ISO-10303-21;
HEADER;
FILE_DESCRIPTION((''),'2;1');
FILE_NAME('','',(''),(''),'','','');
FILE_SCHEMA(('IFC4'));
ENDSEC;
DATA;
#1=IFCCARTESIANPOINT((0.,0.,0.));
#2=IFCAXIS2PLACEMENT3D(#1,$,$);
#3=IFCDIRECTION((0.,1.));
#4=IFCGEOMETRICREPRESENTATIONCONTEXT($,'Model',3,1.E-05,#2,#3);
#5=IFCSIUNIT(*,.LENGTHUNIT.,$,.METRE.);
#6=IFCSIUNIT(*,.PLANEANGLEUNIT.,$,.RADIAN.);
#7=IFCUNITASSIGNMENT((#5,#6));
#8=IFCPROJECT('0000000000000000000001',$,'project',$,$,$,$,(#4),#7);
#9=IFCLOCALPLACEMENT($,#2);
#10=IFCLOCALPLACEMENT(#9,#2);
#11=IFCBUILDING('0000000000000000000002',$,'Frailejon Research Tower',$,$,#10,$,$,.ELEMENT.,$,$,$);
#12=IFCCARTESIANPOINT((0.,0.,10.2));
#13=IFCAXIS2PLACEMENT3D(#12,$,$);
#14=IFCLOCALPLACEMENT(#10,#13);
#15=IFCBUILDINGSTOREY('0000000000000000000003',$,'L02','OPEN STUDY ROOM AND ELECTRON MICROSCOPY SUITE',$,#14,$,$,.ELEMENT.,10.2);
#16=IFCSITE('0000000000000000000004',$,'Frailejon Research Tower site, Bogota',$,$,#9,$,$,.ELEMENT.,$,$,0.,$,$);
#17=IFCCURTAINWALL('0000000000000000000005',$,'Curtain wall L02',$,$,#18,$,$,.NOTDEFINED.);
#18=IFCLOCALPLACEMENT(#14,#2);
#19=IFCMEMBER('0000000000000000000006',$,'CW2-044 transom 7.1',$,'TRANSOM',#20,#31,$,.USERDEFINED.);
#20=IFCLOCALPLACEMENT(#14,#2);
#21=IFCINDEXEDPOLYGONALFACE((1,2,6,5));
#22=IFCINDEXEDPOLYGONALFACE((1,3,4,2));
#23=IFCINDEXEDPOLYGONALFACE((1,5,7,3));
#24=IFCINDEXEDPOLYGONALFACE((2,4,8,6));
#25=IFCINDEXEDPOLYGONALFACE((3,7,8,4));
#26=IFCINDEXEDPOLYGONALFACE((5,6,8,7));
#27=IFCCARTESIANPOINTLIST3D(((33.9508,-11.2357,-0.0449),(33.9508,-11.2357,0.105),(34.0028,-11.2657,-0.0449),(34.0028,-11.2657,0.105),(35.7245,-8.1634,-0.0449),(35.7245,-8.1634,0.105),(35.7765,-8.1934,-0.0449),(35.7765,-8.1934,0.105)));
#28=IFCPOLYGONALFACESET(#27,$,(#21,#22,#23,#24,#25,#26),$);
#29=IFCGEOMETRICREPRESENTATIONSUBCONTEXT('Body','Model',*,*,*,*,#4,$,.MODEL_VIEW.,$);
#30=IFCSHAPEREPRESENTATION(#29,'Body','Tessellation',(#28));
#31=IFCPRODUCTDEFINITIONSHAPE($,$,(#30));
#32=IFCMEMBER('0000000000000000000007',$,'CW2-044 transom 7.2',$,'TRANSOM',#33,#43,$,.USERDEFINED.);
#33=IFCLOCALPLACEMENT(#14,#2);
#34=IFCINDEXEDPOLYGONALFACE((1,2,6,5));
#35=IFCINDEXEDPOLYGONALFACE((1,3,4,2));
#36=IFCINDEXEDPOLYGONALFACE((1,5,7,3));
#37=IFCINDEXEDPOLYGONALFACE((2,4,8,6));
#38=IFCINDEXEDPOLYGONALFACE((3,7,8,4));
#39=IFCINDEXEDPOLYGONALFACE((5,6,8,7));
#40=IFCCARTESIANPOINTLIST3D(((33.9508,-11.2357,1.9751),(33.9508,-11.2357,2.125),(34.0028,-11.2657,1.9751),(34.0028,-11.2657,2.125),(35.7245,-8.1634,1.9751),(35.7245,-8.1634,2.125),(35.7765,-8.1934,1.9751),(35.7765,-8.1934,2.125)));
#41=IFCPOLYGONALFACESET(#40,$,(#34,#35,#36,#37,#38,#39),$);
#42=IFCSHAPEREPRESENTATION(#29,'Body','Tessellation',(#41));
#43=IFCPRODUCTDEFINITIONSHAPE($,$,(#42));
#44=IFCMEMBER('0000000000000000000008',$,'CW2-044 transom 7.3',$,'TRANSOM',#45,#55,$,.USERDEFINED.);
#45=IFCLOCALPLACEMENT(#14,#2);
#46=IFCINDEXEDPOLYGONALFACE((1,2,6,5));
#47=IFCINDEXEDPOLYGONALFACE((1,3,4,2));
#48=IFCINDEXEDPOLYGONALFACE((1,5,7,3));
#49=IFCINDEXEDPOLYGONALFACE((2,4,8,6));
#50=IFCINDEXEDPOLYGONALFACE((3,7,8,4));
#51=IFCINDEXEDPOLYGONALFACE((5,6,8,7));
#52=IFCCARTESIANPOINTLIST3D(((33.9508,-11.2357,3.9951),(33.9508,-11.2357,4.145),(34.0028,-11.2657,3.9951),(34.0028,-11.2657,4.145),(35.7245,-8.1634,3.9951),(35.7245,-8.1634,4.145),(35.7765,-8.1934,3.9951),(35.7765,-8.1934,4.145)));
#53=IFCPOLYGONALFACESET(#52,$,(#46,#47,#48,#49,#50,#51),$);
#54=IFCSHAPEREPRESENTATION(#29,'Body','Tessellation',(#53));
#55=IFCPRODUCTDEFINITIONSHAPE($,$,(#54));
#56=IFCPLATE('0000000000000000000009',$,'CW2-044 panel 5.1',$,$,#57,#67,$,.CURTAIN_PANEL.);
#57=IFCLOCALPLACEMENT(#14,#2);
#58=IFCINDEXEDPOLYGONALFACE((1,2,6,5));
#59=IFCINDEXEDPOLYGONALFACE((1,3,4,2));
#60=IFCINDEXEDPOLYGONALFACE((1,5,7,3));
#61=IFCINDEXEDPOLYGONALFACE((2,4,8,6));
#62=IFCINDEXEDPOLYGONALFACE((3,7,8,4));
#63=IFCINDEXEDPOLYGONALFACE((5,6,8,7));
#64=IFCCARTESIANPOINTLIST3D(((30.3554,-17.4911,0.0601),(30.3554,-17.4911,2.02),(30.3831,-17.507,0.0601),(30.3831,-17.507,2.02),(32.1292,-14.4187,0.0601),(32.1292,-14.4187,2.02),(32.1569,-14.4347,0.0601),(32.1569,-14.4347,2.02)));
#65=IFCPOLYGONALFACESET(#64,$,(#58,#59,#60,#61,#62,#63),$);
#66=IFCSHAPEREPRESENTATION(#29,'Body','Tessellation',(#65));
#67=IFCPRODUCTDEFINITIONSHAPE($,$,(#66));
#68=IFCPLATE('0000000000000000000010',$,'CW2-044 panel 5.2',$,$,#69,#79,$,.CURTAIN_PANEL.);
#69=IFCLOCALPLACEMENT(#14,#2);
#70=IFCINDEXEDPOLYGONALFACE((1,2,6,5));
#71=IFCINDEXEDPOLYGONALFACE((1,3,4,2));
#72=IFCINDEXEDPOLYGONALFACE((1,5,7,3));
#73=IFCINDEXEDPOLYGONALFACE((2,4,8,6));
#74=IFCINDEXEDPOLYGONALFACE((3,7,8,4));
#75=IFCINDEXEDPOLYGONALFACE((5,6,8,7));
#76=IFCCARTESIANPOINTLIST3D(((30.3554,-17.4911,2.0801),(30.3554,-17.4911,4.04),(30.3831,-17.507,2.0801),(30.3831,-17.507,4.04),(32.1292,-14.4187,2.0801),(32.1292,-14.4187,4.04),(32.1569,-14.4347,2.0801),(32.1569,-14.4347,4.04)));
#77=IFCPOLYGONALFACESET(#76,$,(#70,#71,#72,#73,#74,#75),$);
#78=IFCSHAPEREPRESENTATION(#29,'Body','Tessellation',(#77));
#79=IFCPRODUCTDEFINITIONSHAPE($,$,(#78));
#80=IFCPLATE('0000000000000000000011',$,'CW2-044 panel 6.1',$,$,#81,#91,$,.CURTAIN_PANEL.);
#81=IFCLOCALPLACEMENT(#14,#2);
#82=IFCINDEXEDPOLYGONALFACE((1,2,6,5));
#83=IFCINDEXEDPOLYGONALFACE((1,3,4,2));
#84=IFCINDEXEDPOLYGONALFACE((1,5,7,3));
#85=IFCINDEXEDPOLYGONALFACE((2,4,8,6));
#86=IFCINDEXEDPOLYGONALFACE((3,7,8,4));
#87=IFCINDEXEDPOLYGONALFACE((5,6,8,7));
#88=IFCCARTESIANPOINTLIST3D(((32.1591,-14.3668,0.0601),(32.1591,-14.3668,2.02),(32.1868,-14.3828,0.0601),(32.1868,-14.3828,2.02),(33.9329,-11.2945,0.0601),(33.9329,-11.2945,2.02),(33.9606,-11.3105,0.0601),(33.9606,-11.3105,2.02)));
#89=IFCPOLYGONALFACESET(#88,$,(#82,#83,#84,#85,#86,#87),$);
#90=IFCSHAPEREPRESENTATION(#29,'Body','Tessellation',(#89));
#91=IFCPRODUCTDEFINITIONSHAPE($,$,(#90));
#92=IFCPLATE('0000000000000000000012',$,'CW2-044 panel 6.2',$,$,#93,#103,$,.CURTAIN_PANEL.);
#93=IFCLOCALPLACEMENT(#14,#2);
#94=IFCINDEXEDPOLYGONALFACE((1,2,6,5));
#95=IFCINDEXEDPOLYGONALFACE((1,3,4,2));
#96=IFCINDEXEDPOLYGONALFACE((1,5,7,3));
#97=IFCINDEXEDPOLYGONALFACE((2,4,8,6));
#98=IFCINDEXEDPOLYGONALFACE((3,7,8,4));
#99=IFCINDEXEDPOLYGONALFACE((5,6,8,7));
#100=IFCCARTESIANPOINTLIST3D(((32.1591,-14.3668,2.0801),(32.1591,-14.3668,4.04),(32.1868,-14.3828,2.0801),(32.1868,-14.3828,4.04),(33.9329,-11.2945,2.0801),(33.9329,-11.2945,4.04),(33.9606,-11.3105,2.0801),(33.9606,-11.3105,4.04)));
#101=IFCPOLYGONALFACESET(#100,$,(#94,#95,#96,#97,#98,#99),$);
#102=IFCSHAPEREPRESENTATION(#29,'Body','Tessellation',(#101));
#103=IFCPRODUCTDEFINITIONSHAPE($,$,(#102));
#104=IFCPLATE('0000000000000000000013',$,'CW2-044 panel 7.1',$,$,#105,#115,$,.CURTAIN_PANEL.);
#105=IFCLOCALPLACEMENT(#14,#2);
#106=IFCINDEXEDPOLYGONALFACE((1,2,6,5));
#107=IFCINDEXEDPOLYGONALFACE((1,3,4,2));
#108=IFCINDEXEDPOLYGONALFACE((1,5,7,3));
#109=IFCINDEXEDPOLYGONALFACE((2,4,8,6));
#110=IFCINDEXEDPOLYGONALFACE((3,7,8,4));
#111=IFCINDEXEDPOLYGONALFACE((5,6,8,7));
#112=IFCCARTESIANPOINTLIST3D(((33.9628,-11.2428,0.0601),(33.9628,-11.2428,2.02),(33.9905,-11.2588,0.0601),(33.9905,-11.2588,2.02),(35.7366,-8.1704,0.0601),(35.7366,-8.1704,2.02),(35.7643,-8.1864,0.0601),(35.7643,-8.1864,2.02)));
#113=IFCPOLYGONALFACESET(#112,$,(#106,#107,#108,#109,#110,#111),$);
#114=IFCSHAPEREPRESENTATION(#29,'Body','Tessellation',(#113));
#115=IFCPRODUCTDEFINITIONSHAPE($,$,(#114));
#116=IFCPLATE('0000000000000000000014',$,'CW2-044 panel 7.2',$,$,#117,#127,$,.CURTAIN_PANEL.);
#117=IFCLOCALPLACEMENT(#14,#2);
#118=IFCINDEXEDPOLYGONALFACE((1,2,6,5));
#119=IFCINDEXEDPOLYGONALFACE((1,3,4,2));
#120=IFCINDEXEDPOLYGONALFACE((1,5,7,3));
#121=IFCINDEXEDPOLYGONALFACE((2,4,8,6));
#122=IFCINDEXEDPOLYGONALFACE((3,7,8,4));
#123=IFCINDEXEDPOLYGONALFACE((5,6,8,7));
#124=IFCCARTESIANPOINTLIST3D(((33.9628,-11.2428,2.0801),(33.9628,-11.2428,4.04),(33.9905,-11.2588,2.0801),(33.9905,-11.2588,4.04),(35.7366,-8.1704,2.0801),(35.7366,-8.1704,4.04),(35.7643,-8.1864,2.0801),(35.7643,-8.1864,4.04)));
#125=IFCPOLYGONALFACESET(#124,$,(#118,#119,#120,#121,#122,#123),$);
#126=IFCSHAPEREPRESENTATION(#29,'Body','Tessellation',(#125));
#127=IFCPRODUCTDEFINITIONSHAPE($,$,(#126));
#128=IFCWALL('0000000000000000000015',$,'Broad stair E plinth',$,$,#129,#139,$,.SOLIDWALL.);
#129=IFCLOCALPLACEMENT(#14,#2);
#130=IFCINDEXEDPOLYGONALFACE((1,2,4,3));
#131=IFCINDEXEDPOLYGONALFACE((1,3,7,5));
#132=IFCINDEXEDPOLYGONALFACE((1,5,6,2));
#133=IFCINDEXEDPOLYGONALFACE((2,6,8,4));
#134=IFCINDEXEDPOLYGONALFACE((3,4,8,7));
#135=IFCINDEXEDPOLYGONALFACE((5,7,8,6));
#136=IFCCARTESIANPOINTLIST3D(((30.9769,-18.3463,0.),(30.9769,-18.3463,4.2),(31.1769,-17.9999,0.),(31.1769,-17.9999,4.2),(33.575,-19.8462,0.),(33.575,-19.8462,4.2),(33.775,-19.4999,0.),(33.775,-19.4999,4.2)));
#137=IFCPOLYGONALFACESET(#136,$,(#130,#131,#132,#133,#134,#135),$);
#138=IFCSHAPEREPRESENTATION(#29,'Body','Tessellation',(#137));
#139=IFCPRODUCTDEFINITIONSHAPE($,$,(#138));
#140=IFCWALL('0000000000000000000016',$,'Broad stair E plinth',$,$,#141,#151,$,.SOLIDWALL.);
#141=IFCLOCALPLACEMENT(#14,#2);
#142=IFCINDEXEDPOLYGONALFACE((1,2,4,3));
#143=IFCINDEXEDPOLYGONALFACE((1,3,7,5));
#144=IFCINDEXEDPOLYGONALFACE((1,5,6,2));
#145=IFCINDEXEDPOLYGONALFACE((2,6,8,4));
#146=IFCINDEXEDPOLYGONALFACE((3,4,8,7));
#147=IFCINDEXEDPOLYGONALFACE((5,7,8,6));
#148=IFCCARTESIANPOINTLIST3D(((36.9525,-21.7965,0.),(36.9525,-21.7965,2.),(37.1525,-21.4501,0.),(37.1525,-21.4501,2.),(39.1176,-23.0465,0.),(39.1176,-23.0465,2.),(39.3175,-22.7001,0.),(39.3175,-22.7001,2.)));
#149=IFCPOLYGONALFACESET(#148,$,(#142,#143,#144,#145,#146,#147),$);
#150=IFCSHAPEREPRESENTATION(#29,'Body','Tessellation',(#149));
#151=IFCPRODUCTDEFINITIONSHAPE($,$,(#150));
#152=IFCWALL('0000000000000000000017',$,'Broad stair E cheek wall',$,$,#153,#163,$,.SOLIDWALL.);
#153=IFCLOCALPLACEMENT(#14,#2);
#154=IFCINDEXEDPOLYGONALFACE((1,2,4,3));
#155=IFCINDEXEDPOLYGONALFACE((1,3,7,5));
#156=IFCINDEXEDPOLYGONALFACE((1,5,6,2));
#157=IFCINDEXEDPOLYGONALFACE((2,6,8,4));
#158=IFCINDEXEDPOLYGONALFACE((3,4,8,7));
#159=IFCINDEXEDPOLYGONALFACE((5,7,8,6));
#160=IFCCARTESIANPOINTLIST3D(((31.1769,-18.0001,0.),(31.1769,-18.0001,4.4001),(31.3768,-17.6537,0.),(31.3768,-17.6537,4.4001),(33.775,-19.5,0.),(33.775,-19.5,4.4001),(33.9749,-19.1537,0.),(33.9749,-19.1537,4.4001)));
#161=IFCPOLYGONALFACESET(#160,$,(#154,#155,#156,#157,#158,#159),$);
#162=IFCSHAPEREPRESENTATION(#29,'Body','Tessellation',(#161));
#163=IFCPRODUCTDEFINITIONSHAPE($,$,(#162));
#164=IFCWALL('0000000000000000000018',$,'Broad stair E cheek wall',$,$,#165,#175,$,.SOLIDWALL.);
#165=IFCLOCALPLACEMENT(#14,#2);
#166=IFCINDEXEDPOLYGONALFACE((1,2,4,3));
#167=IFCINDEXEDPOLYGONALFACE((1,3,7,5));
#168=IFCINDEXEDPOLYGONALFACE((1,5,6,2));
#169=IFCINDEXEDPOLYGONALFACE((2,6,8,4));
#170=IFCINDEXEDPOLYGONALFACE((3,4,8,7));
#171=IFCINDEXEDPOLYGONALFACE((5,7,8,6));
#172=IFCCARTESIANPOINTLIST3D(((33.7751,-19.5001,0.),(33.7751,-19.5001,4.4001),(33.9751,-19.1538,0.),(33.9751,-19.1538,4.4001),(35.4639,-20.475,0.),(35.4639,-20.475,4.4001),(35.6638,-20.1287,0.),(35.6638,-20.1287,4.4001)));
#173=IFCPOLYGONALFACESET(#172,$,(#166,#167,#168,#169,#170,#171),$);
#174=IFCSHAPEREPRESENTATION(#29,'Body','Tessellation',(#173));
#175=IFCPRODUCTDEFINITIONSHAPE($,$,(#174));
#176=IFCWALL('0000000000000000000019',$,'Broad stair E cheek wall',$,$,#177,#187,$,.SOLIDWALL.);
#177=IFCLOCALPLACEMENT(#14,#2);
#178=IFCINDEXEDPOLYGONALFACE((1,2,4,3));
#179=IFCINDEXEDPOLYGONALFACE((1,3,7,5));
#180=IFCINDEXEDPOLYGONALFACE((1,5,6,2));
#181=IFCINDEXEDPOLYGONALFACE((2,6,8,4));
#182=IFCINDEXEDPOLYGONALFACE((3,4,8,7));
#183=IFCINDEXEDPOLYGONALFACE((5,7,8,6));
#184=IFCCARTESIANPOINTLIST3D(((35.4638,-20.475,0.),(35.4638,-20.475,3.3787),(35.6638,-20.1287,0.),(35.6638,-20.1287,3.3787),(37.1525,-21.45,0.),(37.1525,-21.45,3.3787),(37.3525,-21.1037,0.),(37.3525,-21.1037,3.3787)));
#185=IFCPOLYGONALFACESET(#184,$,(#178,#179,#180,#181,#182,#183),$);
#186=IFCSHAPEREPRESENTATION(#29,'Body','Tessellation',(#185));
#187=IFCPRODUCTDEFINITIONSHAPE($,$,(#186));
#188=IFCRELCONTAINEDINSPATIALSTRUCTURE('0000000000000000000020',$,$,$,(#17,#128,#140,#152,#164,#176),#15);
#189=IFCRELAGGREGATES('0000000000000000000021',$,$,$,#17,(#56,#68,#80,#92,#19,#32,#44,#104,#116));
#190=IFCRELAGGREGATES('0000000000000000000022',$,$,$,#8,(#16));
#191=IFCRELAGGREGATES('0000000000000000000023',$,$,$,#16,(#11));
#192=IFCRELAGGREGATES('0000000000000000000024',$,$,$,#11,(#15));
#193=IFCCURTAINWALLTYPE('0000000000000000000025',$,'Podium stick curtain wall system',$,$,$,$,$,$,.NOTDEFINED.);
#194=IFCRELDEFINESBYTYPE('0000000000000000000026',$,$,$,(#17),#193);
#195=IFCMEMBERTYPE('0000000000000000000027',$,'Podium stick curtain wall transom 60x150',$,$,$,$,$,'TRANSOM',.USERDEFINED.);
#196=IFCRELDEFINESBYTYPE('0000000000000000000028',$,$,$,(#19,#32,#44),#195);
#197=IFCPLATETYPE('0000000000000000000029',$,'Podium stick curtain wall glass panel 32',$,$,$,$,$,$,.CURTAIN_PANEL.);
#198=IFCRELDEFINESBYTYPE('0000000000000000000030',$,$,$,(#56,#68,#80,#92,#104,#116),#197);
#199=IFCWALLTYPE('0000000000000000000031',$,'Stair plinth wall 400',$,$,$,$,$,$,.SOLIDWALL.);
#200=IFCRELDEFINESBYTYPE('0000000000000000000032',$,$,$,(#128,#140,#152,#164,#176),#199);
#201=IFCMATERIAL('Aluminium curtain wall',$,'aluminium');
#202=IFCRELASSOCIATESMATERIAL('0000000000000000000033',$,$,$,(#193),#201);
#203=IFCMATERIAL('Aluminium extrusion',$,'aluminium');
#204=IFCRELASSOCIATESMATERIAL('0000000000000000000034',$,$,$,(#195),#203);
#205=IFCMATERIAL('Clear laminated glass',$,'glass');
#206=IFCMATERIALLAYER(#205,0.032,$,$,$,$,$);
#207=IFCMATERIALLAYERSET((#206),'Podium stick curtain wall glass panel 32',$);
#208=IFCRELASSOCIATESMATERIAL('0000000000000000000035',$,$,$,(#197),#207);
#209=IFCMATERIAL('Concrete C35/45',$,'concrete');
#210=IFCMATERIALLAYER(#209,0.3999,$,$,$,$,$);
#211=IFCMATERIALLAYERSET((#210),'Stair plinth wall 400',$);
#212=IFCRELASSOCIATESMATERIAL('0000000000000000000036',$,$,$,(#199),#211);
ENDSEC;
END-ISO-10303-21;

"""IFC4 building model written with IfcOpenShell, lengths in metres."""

from ifc_helpers import new_model, si_unit, direction, frame, frame_2d, origin, origin_2d, place, context, subcontext, project, spatial, rectangle, extrude, material, layer, layer_set, material_profile, profile_set, type_object, element, aggregate, save


model = new_model("IFC4")

# Units and contexts
model_context = context("Model", 3, precision=1e-05, world=origin(), true_north=direction((0.0, 1.0)))
body_context = subcontext(model_context, "Body", "Model", "MODEL_VIEW")
ifc_project = project(units=[si_unit("LENGTHUNIT", "METRE"), si_unit("PLANEANGLEUNIT", "RADIAN")], contexts=[model_context])

# Site, building, storey
site_placement = place(None, origin())
site = spatial("IfcSite", under=ifc_project, at=site_placement, Name="Frailejon Research Tower site, Bogota", CompositionType="ELEMENT", RefElevation=0.0)
building_placement = place(site_placement, origin())
building = spatial("IfcBuilding", under=site, at=building_placement, Name="Frailejon Research Tower", CompositionType="ELEMENT")
storey_placement = place(building_placement, frame((0.0, 0.0, 10.2)))
storey = spatial("IfcBuildingStorey", under=building, at=storey_placement, Name="L02", Description="OPEN STUDY ROOM AND ELECTRON MICROSCOPY SUITE", CompositionType="ELEMENT", Elevation=10.2)

# Curtain wall, members, plates
ifc_material_1 = material(Name="Aluminium curtain wall", Category="aluminium")
curtain_wall_type = type_object("IfcCurtainWallType", Name="Podium stick curtain wall system", PredefinedType="NOTDEFINED", material=ifc_material_1)
curtain_wall_placement = place(storey_placement, origin())
curtain_wall = element("IfcCurtainWall", 1, at=curtain_wall_placement, inside=storey, type_object=curtain_wall_type, Name="Curtain wall L02", PredefinedType="NOTDEFINED")
ifc_material_2 = material(Name="Aluminium extrusion", Category="aluminium")
ifc_material_profile_1 = material_profile(ifc_material_2, rectangle(XDim=0.0601, YDim=0.1499, at=origin_2d()), Name="Podium stick curtain wall transom 60x150")
ifc_profile_set_1 = profile_set([ifc_material_profile_1], Name="Aluminium extrusion")
member_type_1 = type_object("IfcMemberType", Name="Podium stick curtain wall transom 60x150", ElementType="TRANSOM", PredefinedType="USERDEFINED", material=ifc_profile_set_1)
member_1_placement = place(storey_placement, frame((33.9768, -11.2507, 0.03), z_axis=(0.499981, 0.866037, 0.0), x_axis=(-0.866037, 0.499981, 0.0)))
member_1 = element("IfcMember", 2, at=member_1_placement, type_object=member_type_1, Name="CW2-044 transom 7.1", ObjectType="TRANSOM", PredefinedType="USERDEFINED", context=body_context, shape_type="SweptSolid", body=[
    extrude(rectangle(XDim=0.0601, YDim=0.1499, at=origin_2d()), origin(), (0.0, 0.0, 1.0), 3.5476),
])
member_2_placement = place(storey_placement, frame((33.9768, -11.2507, 2.05), z_axis=(0.499981, 0.866037, 0.0), x_axis=(-0.866037, 0.499981, 0.0)))
member_2 = element("IfcMember", 3, at=member_2_placement, type_object=member_type_1, Name="CW2-044 transom 7.2", ObjectType="TRANSOM", PredefinedType="USERDEFINED", context=body_context, shape_type="SweptSolid", body=[
    extrude(rectangle(XDim=0.0601, YDim=0.1499, at=origin_2d()), origin(), (0.0, 0.0, 1.0), 3.5476),
])
member_3_placement = place(storey_placement, frame((33.9768, -11.2507, 4.0701), z_axis=(0.499981, 0.866037, 0.0), x_axis=(-0.866037, 0.499981, 0.0)))
member_3 = element("IfcMember", 4, at=member_3_placement, type_object=member_type_1, Name="CW2-044 transom 7.3", ObjectType="TRANSOM", PredefinedType="USERDEFINED", context=body_context, shape_type="SweptSolid", body=[
    extrude(rectangle(XDim=0.0601, YDim=0.1499, at=origin_2d()), origin(), (0.0, 0.0, 1.0), 3.5476),
])
ifc_material_3 = material(Name="Clear laminated glass", Category="glass")
ifc_layer_1 = layer(ifc_material_3, 0.032)
ifc_layer_set_1 = layer_set([ifc_layer_1], Name="Podium stick curtain wall glass panel 32")
plate_type = type_object("IfcPlateType", Name="Podium stick curtain wall glass panel 32", PredefinedType="CURTAIN_PANEL", material=ifc_layer_set_1)
plate_1_placement = place(storey_placement, frame((31.2561, -15.9629, 0.0601), z_axis=(0.0, 0.0, 1.0), x_axis=(0.499998, 0.866026, 0.0)))
plate_1 = element("IfcPlate", 5, at=plate_1_placement, type_object=plate_type, Name="CW2-044 panel 5.1", PredefinedType="CURTAIN_PANEL", context=body_context, shape_type="SweptSolid", body=[
    extrude(rectangle(XDim=3.5476, YDim=0.032, at=origin_2d()), origin(), (0.0, 0.0, 1.0), 1.96),
])
plate_2_placement = place(storey_placement, frame((31.2561, -15.9629, 2.0801), z_axis=(0.0, 0.0, 1.0), x_axis=(0.499998, 0.866026, 0.0)))
plate_2 = element("IfcPlate", 6, at=plate_2_placement, type_object=plate_type, Name="CW2-044 panel 5.2", PredefinedType="CURTAIN_PANEL", context=body_context, shape_type="SweptSolid", body=[
    extrude(rectangle(XDim=3.5476, YDim=0.032, at=origin_2d()), origin(), (0.0, 0.0, 1.0), 1.96),
])
plate_3_placement = place(storey_placement, frame((33.0598, -12.8386, 0.0601), z_axis=(0.0, 0.0, 1.0), x_axis=(0.499998, 0.866026, 0.0)))
plate_3 = element("IfcPlate", 7, at=plate_3_placement, type_object=plate_type, Name="CW2-044 panel 6.1", PredefinedType="CURTAIN_PANEL", context=body_context, shape_type="SweptSolid", body=[
    extrude(rectangle(XDim=3.5476, YDim=0.032, at=origin_2d()), origin(), (0.0, 0.0, 1.0), 1.96),
])
plate_4_placement = place(storey_placement, frame((33.0598, -12.8386, 2.0801), z_axis=(0.0, 0.0, 1.0), x_axis=(0.499998, 0.866026, 0.0)))
plate_4 = element("IfcPlate", 8, at=plate_4_placement, type_object=plate_type, Name="CW2-044 panel 6.2", PredefinedType="CURTAIN_PANEL", context=body_context, shape_type="SweptSolid", body=[
    extrude(rectangle(XDim=3.5476, YDim=0.032, at=origin_2d()), origin(), (0.0, 0.0, 1.0), 1.96),
])
plate_5_placement = place(storey_placement, frame((34.8635, -9.7146, 0.0601), z_axis=(0.0, 0.0, 1.0), x_axis=(0.499998, 0.866026, 0.0)))
plate_5 = element("IfcPlate", 9, at=plate_5_placement, type_object=plate_type, Name="CW2-044 panel 7.1", PredefinedType="CURTAIN_PANEL", context=body_context, shape_type="SweptSolid", body=[
    extrude(rectangle(XDim=3.5476, YDim=0.032, at=origin_2d()), origin(), (0.0, 0.0, 1.0), 1.96),
])
plate_6_placement = place(storey_placement, frame((34.8635, -9.7146, 2.0801), z_axis=(0.0, 0.0, 1.0), x_axis=(0.499998, 0.866026, 0.0)))
plate_6 = element("IfcPlate", 10, at=plate_6_placement, type_object=plate_type, Name="CW2-044 panel 7.2", PredefinedType="CURTAIN_PANEL", context=body_context, shape_type="SweptSolid", body=[
    extrude(rectangle(XDim=3.5476, YDim=0.032, at=origin_2d()), origin(), (0.0, 0.0, 1.0), 1.96),
])
aggregate(curtain_wall, [plate_1, plate_2, plate_3, plate_4, member_1, member_2, member_3, plate_5, plate_6])

# Walls
ifc_material_4 = material(Name="Concrete C35/45", Category="concrete")
ifc_layer_2 = layer(ifc_material_4, 0.3999)
ifc_layer_set_2 = layer_set([ifc_layer_2], Name="Stair plinth wall 400")
wall_type = type_object("IfcWallType", Name="Stair plinth wall 400", PredefinedType="SOLIDWALL", material=ifc_layer_set_2)
wall_1_placement = place(storey_placement, frame((31.0769, -18.1731, 0.0), z_axis=(0.0, 0.0, 1.0), x_axis=(0.866031, -0.49999, 0.0)))
element("IfcWall", 11, at=wall_1_placement, inside=storey, type_object=wall_type, Name="Broad stair E plinth", PredefinedType="SOLIDWALL", context=body_context, shape_type="SweptSolid", body=[
    extrude(rectangle(XDim=3.0, YDim=0.3999, at=frame_2d((1.5, 0.0))), origin(), (0.0, 0.0, 1.0), 4.2),
])
wall_2_placement = place(storey_placement, frame((37.0525, -21.6233, 0.0), z_axis=(0.0, 0.0, 1.0), x_axis=(0.866023, -0.500004, 0.0)))
element("IfcWall", 12, at=wall_2_placement, inside=storey, type_object=wall_type, Name="Broad stair E plinth", PredefinedType="SOLIDWALL", context=body_context, shape_type="SweptSolid", body=[
    extrude(rectangle(XDim=2.5, YDim=0.3999, at=frame_2d((1.25, 0.0))), origin(), (0.0, 0.0, 1.0), 2.0),
])
wall_3_placement = place(storey_placement, frame((31.2769, -17.8269, 0.0), z_axis=(0.0, 0.0, 1.0), x_axis=(0.866031, -0.49999, 0.0)))
element("IfcWall", 13, at=wall_3_placement, inside=storey, type_object=wall_type, Name="Broad stair E cheek wall", PredefinedType="SOLIDWALL", context=body_context, shape_type="SweptSolid", body=[
    extrude(rectangle(XDim=3.0, YDim=0.3999, at=frame_2d((1.5, 0.0))), origin(), (0.0, 0.0, 1.0), 4.4001),
])
wall_4_placement = place(storey_placement, frame((33.875, -19.3269, 0.0), z_axis=(0.0, 0.0, 1.0), x_axis=(0.866054, -0.49995, 0.0)))
element("IfcWall", 14, at=wall_4_placement, inside=storey, type_object=wall_type, Name="Broad stair E cheek wall", PredefinedType="SOLIDWALL", context=body_context, shape_type="SweptSolid", body=[
    extrude(rectangle(XDim=1.95, YDim=0.3999, at=frame_2d((0.9751, 0.0))), origin(), (0.0, 0.0, 1.0), 4.4001),
])
wall_5_placement = place(storey_placement, frame((35.5637, -20.3018, 0.0), z_axis=(0.0, 0.0, 1.0), x_axis=(0.866, -0.500044, 0.0)))
element("IfcWall", 15, at=wall_5_placement, inside=storey, type_object=wall_type, Name="Broad stair E cheek wall", PredefinedType="SOLIDWALL", context=body_context, shape_type="SweptSolid", body=[
    extrude(rectangle(XDim=1.95, YDim=0.3999, at=frame_2d((0.9751, 0.0))), origin(), (0.0, 0.0, 1.0), 3.3787),
])

save(model, "model.ifc")
